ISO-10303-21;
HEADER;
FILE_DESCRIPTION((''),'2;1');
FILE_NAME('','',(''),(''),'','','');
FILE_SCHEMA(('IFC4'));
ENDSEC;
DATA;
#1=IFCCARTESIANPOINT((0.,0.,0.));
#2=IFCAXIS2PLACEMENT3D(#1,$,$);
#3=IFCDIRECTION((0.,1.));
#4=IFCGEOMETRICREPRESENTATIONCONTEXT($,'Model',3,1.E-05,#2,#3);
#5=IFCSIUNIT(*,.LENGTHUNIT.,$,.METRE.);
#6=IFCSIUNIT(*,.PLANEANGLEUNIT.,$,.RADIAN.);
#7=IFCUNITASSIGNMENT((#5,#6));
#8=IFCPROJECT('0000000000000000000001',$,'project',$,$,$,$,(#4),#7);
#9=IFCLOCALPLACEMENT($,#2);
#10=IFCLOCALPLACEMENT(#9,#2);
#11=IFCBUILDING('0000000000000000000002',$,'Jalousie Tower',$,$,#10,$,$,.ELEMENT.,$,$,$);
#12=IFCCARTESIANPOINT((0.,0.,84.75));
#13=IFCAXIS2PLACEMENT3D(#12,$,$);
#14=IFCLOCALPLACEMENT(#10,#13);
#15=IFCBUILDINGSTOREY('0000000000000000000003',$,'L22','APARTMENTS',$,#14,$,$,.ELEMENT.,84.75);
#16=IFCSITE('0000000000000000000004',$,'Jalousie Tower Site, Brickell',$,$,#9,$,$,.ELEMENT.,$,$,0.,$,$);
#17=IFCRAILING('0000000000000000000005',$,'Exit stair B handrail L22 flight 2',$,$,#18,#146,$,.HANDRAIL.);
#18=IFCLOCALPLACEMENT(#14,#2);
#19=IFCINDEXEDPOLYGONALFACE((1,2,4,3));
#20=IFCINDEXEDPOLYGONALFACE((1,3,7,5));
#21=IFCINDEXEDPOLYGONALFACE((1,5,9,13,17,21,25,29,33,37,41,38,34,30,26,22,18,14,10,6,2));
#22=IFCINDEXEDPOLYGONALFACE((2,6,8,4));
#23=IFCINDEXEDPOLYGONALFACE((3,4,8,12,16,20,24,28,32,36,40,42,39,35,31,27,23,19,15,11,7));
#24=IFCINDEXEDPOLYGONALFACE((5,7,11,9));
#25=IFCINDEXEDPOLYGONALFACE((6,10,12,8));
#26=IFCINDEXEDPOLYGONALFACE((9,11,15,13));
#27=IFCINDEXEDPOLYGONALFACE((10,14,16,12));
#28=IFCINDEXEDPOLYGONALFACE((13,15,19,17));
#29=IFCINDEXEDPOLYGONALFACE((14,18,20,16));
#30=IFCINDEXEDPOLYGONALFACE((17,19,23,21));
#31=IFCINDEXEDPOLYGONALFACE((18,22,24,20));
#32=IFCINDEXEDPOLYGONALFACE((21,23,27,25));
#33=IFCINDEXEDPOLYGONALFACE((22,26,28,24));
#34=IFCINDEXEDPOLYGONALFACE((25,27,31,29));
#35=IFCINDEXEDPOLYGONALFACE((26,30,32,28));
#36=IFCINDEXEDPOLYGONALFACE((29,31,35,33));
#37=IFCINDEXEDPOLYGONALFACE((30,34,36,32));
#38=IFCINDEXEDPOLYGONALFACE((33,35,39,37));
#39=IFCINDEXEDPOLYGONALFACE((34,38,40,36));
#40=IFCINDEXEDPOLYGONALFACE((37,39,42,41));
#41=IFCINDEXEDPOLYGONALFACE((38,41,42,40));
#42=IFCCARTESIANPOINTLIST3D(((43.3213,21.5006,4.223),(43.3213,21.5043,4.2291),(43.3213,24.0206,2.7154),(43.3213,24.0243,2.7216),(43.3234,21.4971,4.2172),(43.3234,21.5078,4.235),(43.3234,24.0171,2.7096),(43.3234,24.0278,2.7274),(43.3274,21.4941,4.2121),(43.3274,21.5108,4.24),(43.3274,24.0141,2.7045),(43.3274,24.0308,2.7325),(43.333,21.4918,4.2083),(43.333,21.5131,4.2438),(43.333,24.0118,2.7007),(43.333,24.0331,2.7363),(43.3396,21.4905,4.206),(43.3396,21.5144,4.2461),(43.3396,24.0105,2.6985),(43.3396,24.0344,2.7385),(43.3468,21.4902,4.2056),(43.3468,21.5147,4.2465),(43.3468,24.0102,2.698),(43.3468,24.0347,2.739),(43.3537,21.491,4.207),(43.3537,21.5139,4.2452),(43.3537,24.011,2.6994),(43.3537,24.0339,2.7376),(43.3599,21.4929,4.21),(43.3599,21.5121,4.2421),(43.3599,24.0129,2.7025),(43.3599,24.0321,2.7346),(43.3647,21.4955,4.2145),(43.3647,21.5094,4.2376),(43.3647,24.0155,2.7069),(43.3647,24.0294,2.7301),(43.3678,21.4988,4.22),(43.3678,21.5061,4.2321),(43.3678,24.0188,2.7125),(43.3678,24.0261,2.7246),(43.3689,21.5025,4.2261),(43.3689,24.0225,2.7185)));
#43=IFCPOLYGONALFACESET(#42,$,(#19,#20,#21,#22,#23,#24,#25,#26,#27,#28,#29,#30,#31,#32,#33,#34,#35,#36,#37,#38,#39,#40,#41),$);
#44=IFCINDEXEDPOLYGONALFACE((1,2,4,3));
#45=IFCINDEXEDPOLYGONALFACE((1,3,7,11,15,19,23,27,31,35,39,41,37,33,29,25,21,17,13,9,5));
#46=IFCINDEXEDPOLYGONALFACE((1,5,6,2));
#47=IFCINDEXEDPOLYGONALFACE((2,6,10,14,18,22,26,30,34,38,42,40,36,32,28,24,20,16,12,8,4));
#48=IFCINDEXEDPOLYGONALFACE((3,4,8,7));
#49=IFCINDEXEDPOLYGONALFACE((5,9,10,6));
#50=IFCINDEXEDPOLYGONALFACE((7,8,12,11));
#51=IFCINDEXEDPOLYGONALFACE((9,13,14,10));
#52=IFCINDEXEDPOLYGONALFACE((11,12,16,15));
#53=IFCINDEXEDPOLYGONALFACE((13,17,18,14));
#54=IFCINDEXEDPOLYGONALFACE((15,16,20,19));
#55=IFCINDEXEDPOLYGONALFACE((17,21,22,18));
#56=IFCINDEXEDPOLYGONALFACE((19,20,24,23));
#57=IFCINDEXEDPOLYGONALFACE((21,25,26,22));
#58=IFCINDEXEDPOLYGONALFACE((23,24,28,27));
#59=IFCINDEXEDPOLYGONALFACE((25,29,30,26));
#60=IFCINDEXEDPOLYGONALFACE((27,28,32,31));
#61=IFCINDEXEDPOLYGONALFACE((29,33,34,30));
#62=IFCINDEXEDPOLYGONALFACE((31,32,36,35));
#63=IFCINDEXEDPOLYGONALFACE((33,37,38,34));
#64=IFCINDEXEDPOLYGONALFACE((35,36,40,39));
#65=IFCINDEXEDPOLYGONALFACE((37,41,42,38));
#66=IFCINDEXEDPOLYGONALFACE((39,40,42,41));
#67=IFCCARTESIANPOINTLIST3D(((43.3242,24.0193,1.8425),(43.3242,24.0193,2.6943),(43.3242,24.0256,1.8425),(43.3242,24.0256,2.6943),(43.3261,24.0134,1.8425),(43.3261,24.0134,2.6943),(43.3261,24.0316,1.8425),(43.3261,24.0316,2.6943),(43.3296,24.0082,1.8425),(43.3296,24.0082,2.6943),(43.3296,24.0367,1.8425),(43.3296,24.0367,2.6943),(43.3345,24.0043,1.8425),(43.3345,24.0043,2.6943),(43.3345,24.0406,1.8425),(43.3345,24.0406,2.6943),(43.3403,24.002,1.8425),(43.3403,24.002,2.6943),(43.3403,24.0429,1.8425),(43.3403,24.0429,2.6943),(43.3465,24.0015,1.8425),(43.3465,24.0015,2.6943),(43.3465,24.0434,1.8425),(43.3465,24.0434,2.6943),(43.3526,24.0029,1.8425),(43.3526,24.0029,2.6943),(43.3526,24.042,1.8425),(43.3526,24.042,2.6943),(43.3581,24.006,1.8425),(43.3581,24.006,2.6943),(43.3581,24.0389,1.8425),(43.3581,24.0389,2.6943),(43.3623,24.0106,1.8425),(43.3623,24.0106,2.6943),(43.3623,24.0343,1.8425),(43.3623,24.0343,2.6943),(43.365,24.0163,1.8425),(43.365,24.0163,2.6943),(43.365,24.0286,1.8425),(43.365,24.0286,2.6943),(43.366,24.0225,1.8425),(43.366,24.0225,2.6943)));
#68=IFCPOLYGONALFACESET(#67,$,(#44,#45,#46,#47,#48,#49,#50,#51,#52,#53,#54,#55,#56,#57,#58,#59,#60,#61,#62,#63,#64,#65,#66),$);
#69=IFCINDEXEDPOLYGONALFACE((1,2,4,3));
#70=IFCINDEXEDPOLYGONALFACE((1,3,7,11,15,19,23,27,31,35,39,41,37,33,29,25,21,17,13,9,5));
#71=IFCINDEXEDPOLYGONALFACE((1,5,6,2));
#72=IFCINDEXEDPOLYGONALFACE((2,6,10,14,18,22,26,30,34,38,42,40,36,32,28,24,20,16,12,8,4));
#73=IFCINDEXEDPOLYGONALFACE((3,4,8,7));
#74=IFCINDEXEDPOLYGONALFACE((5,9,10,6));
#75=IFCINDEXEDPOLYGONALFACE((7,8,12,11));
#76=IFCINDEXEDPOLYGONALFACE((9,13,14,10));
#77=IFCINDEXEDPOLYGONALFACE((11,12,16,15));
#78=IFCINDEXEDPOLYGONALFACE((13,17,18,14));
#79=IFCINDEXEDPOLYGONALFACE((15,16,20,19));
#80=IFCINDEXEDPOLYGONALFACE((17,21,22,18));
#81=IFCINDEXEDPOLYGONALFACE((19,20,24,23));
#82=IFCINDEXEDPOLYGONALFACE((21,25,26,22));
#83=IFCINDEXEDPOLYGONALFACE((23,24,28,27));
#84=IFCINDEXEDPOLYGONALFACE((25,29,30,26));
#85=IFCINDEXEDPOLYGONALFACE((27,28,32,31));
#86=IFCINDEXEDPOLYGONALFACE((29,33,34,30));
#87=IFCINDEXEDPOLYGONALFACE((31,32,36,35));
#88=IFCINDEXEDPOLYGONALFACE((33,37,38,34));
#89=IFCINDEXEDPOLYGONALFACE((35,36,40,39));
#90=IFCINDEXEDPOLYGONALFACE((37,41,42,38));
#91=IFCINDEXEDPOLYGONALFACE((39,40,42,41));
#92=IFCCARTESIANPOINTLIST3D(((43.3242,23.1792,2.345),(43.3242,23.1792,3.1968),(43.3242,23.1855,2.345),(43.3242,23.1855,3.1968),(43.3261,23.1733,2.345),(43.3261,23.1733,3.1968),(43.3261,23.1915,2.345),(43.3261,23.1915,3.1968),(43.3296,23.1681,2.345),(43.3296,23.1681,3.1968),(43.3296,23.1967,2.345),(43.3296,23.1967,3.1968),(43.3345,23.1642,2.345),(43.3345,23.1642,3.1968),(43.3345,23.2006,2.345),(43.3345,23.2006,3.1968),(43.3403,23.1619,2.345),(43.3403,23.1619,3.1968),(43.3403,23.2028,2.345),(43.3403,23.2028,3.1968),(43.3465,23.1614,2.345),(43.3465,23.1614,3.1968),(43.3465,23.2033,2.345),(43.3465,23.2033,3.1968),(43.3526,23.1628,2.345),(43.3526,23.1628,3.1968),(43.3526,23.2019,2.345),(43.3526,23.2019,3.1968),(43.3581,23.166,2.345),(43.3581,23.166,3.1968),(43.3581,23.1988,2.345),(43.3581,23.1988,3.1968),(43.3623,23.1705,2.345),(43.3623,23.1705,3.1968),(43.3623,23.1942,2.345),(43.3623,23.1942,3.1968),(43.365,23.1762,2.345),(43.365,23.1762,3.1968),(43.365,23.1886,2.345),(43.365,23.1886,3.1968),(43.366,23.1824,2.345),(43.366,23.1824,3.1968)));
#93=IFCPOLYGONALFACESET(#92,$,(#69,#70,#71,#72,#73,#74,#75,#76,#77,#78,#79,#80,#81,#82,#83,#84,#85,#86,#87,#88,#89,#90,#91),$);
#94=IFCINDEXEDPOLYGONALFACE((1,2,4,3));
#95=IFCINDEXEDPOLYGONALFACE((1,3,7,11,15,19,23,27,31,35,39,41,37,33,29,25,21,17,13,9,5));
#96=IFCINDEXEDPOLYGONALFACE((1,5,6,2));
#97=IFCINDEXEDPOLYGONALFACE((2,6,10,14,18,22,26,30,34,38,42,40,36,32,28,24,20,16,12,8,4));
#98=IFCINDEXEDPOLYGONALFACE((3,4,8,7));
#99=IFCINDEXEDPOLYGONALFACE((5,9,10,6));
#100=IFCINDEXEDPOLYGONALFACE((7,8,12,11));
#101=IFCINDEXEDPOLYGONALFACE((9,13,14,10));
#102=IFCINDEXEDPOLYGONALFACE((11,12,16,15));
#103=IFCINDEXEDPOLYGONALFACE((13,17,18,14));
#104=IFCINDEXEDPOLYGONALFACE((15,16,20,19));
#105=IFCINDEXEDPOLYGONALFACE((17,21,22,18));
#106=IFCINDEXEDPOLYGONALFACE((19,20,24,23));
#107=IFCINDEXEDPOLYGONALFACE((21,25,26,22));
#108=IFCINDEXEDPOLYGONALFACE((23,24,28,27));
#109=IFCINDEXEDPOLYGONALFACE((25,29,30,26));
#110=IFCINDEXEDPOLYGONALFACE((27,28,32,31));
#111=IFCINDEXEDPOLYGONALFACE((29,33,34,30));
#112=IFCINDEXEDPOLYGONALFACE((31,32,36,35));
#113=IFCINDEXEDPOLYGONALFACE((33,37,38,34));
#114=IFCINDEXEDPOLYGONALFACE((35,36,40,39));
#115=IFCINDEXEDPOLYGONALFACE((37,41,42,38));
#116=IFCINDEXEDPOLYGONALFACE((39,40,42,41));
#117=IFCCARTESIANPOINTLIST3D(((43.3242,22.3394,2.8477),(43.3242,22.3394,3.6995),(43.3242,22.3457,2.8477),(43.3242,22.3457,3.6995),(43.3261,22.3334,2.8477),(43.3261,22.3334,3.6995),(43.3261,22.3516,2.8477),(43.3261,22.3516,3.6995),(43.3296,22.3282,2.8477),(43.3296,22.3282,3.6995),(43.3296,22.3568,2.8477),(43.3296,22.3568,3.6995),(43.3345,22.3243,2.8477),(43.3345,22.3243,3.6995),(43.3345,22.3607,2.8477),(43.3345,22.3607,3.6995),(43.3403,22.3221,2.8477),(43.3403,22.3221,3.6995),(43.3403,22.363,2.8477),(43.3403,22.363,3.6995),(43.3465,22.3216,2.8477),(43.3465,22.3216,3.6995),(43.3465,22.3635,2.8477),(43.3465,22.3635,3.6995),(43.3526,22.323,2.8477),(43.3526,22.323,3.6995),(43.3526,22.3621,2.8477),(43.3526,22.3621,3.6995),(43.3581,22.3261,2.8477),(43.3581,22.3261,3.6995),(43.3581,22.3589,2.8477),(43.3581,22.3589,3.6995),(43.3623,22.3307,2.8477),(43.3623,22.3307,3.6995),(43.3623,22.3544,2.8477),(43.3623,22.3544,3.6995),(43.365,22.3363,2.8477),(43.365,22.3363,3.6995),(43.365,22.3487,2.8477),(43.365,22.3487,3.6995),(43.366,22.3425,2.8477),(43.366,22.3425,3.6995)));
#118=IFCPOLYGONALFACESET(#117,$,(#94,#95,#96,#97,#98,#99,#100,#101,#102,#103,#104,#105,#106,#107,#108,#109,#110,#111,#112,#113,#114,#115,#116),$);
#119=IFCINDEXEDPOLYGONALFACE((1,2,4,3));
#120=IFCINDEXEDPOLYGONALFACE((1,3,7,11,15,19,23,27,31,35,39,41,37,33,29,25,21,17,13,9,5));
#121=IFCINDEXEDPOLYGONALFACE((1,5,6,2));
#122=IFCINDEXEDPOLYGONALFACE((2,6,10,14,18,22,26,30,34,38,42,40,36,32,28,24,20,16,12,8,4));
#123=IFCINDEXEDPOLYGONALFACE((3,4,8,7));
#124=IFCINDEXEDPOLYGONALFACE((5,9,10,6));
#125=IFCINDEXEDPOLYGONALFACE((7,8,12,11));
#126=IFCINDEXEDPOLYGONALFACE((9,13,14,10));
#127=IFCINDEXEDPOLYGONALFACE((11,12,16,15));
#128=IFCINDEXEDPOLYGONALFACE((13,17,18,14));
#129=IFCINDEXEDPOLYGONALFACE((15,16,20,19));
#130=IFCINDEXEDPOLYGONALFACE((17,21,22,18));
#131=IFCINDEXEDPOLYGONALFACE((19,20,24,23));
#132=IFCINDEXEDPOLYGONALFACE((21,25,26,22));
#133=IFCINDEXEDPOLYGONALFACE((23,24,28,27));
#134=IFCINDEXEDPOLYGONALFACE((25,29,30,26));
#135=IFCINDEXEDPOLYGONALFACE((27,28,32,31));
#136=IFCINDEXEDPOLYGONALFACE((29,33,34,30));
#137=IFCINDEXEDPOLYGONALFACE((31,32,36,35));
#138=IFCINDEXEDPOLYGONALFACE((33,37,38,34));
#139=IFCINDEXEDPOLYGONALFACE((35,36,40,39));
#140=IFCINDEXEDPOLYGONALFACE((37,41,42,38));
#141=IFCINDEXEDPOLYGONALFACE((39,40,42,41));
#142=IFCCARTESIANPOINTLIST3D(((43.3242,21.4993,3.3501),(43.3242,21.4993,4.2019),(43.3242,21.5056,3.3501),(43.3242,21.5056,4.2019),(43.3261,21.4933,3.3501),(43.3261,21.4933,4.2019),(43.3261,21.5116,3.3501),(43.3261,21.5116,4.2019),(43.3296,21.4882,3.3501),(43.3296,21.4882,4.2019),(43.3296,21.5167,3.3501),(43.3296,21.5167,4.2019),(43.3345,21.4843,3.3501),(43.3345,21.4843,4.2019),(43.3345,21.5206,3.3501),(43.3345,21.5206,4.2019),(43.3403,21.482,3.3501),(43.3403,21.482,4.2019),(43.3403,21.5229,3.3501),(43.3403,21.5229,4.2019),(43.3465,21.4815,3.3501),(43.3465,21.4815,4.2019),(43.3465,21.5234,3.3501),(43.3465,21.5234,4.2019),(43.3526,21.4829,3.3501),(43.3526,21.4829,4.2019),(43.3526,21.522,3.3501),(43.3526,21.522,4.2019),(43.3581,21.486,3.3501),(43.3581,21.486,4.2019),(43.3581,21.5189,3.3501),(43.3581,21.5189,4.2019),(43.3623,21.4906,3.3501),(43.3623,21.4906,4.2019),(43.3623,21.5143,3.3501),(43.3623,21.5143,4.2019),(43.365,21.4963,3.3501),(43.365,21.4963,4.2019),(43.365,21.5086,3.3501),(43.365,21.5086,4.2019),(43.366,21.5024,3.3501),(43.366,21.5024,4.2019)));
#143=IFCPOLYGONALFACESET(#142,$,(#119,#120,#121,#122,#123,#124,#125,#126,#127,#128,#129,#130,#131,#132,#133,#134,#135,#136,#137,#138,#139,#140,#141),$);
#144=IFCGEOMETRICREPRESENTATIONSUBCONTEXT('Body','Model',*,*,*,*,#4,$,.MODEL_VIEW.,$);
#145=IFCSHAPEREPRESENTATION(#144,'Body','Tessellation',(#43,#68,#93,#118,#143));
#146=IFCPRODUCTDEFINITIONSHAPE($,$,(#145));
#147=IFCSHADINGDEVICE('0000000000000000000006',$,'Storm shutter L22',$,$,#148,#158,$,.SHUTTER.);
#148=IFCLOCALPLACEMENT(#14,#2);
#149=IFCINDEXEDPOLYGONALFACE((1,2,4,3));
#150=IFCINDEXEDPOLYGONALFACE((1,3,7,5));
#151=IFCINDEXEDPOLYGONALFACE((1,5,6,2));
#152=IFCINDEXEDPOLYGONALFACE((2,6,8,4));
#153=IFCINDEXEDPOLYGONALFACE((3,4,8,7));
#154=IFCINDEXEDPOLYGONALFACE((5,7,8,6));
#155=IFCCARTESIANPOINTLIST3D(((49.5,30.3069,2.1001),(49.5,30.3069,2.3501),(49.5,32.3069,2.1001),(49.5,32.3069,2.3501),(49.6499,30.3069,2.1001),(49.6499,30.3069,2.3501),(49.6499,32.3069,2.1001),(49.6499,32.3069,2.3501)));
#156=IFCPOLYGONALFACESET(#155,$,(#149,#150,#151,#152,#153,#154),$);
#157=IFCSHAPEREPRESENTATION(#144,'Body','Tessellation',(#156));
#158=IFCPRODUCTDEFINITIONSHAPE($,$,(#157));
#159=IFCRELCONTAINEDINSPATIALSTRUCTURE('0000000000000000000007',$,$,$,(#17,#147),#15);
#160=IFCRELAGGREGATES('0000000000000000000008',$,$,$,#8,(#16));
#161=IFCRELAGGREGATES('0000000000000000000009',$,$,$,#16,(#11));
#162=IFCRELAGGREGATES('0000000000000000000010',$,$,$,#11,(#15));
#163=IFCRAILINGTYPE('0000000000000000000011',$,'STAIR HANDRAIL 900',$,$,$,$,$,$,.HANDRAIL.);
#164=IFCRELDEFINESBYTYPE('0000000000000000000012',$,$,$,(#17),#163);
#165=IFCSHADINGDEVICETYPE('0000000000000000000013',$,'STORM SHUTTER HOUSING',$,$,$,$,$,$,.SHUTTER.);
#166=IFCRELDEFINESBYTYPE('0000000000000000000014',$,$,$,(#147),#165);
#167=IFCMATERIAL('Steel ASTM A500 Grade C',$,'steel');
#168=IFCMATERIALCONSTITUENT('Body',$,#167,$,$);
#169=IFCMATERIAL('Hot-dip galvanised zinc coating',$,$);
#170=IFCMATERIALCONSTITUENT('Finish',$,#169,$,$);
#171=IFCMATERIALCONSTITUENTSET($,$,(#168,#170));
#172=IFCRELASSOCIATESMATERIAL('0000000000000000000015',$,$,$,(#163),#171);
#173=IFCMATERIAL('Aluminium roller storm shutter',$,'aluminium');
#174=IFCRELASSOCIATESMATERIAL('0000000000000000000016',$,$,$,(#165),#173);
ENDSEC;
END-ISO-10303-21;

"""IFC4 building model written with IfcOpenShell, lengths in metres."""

from ifc_helpers import new_model, si_unit, direction, frame, origin, origin_2d, place, context, subcontext, project, spatial, rectangle, circle, extrude, material, constituent, constituent_set, type_object, element, save


model = new_model("IFC4")

# Units and contexts
model_context = context("Model", 3, precision=1e-05, world=origin(), true_north=direction((0.0, 1.0)))
body_context = subcontext(model_context, "Body", "Model", "MODEL_VIEW")
ifc_project = project(units=[si_unit("LENGTHUNIT", "METRE"), si_unit("PLANEANGLEUNIT", "RADIAN")], contexts=[model_context])

# Site, building, storey
site_placement = place(None, origin())
site = spatial("IfcSite", under=ifc_project, at=site_placement, Name="Jalousie Tower Site, Brickell", CompositionType="ELEMENT", RefElevation=0.0)
building_placement = place(site_placement, origin())
building = spatial("IfcBuilding", under=site, at=building_placement, Name="Jalousie Tower", CompositionType="ELEMENT")
storey_placement = place(building_placement, frame((0.0, 0.0, 84.75)))
storey = spatial("IfcBuildingStorey", under=building, at=storey_placement, Name="L22", Description="APARTMENTS", CompositionType="ELEMENT", Elevation=84.75)

# Railing
ifc_material_1 = material(Name="Steel ASTM A500 Grade C", Category="steel")
ifc_constituent_1 = constituent(ifc_material_1, Name="Body")
ifc_material_2 = material(Name="Hot-dip galvanised zinc coating")
ifc_constituent_2 = constituent(ifc_material_2, Name="Finish")
ifc_constituent_set_1 = constituent_set(constituents=[ifc_constituent_1, ifc_constituent_2])
railing_type_1 = type_object("IfcRailingType", Name="STAIR HANDRAIL 900", PredefinedType="HANDRAIL", material=ifc_constituent_set_1)
railing_1_placement = place(storey_placement, frame((43.345, 24.0225, 1.8425)))
element("IfcRailing", 1, at=railing_1_placement, inside=storey, type_object=railing_type_1, Name="Exit stair B handrail L22 flight 2", PredefinedType="HANDRAIL", context=body_context, shape_type="SweptSolid", body=[
    extrude(circle(Radius=0.0239, at=origin_2d()), frame((0.0, 0.0, 0.876), z_axis=(0.0, -0.85816, 0.513383), x_axis=(1.0, 0.0, 0.0)), (0.0, 0.0, 1.0), 2.9365),
    extrude(circle(Radius=0.021, at=origin_2d()), origin(), (0.0, 0.0, 1.0), 0.8518),
    extrude(circle(Radius=0.021, at=origin_2d()), frame((0.0, -0.8401, 0.5024)), (0.0, 0.0, 1.0), 0.8518),
    extrude(circle(Radius=0.021, at=origin_2d()), frame((0.0, -1.6799, 1.0051)), (0.0, 0.0, 1.0), 0.8518),
    extrude(circle(Radius=0.021, at=origin_2d()), frame((0.0, -2.52, 1.5076)), (0.0, 0.0, 1.0), 0.8518),
])

# Shading device
ifc_material_3 = material(Name="Aluminium roller storm shutter", Category="aluminium")
shading_device_type = type_object("IfcShadingDeviceType", Name="STORM SHUTTER HOUSING", PredefinedType="SHUTTER", material=ifc_material_3)
shading_device_placement = place(storey_placement, frame((49.575, 31.3069, 2.1001), z_axis=(0.0, 0.0, 1.0), x_axis=(0.0, 1.0, 0.0)))
element("IfcShadingDevice", 2, at=shading_device_placement, inside=storey, type_object=shading_device_type, Name="Storm shutter L22", PredefinedType="SHUTTER", context=body_context, shape_type="SweptSolid", body=[
    extrude(rectangle(XDim=2.0, YDim=0.1499, at=origin_2d()), origin(), (0.0, 0.0, 1.0), 0.25),
])

save(model, "model.ifc")
